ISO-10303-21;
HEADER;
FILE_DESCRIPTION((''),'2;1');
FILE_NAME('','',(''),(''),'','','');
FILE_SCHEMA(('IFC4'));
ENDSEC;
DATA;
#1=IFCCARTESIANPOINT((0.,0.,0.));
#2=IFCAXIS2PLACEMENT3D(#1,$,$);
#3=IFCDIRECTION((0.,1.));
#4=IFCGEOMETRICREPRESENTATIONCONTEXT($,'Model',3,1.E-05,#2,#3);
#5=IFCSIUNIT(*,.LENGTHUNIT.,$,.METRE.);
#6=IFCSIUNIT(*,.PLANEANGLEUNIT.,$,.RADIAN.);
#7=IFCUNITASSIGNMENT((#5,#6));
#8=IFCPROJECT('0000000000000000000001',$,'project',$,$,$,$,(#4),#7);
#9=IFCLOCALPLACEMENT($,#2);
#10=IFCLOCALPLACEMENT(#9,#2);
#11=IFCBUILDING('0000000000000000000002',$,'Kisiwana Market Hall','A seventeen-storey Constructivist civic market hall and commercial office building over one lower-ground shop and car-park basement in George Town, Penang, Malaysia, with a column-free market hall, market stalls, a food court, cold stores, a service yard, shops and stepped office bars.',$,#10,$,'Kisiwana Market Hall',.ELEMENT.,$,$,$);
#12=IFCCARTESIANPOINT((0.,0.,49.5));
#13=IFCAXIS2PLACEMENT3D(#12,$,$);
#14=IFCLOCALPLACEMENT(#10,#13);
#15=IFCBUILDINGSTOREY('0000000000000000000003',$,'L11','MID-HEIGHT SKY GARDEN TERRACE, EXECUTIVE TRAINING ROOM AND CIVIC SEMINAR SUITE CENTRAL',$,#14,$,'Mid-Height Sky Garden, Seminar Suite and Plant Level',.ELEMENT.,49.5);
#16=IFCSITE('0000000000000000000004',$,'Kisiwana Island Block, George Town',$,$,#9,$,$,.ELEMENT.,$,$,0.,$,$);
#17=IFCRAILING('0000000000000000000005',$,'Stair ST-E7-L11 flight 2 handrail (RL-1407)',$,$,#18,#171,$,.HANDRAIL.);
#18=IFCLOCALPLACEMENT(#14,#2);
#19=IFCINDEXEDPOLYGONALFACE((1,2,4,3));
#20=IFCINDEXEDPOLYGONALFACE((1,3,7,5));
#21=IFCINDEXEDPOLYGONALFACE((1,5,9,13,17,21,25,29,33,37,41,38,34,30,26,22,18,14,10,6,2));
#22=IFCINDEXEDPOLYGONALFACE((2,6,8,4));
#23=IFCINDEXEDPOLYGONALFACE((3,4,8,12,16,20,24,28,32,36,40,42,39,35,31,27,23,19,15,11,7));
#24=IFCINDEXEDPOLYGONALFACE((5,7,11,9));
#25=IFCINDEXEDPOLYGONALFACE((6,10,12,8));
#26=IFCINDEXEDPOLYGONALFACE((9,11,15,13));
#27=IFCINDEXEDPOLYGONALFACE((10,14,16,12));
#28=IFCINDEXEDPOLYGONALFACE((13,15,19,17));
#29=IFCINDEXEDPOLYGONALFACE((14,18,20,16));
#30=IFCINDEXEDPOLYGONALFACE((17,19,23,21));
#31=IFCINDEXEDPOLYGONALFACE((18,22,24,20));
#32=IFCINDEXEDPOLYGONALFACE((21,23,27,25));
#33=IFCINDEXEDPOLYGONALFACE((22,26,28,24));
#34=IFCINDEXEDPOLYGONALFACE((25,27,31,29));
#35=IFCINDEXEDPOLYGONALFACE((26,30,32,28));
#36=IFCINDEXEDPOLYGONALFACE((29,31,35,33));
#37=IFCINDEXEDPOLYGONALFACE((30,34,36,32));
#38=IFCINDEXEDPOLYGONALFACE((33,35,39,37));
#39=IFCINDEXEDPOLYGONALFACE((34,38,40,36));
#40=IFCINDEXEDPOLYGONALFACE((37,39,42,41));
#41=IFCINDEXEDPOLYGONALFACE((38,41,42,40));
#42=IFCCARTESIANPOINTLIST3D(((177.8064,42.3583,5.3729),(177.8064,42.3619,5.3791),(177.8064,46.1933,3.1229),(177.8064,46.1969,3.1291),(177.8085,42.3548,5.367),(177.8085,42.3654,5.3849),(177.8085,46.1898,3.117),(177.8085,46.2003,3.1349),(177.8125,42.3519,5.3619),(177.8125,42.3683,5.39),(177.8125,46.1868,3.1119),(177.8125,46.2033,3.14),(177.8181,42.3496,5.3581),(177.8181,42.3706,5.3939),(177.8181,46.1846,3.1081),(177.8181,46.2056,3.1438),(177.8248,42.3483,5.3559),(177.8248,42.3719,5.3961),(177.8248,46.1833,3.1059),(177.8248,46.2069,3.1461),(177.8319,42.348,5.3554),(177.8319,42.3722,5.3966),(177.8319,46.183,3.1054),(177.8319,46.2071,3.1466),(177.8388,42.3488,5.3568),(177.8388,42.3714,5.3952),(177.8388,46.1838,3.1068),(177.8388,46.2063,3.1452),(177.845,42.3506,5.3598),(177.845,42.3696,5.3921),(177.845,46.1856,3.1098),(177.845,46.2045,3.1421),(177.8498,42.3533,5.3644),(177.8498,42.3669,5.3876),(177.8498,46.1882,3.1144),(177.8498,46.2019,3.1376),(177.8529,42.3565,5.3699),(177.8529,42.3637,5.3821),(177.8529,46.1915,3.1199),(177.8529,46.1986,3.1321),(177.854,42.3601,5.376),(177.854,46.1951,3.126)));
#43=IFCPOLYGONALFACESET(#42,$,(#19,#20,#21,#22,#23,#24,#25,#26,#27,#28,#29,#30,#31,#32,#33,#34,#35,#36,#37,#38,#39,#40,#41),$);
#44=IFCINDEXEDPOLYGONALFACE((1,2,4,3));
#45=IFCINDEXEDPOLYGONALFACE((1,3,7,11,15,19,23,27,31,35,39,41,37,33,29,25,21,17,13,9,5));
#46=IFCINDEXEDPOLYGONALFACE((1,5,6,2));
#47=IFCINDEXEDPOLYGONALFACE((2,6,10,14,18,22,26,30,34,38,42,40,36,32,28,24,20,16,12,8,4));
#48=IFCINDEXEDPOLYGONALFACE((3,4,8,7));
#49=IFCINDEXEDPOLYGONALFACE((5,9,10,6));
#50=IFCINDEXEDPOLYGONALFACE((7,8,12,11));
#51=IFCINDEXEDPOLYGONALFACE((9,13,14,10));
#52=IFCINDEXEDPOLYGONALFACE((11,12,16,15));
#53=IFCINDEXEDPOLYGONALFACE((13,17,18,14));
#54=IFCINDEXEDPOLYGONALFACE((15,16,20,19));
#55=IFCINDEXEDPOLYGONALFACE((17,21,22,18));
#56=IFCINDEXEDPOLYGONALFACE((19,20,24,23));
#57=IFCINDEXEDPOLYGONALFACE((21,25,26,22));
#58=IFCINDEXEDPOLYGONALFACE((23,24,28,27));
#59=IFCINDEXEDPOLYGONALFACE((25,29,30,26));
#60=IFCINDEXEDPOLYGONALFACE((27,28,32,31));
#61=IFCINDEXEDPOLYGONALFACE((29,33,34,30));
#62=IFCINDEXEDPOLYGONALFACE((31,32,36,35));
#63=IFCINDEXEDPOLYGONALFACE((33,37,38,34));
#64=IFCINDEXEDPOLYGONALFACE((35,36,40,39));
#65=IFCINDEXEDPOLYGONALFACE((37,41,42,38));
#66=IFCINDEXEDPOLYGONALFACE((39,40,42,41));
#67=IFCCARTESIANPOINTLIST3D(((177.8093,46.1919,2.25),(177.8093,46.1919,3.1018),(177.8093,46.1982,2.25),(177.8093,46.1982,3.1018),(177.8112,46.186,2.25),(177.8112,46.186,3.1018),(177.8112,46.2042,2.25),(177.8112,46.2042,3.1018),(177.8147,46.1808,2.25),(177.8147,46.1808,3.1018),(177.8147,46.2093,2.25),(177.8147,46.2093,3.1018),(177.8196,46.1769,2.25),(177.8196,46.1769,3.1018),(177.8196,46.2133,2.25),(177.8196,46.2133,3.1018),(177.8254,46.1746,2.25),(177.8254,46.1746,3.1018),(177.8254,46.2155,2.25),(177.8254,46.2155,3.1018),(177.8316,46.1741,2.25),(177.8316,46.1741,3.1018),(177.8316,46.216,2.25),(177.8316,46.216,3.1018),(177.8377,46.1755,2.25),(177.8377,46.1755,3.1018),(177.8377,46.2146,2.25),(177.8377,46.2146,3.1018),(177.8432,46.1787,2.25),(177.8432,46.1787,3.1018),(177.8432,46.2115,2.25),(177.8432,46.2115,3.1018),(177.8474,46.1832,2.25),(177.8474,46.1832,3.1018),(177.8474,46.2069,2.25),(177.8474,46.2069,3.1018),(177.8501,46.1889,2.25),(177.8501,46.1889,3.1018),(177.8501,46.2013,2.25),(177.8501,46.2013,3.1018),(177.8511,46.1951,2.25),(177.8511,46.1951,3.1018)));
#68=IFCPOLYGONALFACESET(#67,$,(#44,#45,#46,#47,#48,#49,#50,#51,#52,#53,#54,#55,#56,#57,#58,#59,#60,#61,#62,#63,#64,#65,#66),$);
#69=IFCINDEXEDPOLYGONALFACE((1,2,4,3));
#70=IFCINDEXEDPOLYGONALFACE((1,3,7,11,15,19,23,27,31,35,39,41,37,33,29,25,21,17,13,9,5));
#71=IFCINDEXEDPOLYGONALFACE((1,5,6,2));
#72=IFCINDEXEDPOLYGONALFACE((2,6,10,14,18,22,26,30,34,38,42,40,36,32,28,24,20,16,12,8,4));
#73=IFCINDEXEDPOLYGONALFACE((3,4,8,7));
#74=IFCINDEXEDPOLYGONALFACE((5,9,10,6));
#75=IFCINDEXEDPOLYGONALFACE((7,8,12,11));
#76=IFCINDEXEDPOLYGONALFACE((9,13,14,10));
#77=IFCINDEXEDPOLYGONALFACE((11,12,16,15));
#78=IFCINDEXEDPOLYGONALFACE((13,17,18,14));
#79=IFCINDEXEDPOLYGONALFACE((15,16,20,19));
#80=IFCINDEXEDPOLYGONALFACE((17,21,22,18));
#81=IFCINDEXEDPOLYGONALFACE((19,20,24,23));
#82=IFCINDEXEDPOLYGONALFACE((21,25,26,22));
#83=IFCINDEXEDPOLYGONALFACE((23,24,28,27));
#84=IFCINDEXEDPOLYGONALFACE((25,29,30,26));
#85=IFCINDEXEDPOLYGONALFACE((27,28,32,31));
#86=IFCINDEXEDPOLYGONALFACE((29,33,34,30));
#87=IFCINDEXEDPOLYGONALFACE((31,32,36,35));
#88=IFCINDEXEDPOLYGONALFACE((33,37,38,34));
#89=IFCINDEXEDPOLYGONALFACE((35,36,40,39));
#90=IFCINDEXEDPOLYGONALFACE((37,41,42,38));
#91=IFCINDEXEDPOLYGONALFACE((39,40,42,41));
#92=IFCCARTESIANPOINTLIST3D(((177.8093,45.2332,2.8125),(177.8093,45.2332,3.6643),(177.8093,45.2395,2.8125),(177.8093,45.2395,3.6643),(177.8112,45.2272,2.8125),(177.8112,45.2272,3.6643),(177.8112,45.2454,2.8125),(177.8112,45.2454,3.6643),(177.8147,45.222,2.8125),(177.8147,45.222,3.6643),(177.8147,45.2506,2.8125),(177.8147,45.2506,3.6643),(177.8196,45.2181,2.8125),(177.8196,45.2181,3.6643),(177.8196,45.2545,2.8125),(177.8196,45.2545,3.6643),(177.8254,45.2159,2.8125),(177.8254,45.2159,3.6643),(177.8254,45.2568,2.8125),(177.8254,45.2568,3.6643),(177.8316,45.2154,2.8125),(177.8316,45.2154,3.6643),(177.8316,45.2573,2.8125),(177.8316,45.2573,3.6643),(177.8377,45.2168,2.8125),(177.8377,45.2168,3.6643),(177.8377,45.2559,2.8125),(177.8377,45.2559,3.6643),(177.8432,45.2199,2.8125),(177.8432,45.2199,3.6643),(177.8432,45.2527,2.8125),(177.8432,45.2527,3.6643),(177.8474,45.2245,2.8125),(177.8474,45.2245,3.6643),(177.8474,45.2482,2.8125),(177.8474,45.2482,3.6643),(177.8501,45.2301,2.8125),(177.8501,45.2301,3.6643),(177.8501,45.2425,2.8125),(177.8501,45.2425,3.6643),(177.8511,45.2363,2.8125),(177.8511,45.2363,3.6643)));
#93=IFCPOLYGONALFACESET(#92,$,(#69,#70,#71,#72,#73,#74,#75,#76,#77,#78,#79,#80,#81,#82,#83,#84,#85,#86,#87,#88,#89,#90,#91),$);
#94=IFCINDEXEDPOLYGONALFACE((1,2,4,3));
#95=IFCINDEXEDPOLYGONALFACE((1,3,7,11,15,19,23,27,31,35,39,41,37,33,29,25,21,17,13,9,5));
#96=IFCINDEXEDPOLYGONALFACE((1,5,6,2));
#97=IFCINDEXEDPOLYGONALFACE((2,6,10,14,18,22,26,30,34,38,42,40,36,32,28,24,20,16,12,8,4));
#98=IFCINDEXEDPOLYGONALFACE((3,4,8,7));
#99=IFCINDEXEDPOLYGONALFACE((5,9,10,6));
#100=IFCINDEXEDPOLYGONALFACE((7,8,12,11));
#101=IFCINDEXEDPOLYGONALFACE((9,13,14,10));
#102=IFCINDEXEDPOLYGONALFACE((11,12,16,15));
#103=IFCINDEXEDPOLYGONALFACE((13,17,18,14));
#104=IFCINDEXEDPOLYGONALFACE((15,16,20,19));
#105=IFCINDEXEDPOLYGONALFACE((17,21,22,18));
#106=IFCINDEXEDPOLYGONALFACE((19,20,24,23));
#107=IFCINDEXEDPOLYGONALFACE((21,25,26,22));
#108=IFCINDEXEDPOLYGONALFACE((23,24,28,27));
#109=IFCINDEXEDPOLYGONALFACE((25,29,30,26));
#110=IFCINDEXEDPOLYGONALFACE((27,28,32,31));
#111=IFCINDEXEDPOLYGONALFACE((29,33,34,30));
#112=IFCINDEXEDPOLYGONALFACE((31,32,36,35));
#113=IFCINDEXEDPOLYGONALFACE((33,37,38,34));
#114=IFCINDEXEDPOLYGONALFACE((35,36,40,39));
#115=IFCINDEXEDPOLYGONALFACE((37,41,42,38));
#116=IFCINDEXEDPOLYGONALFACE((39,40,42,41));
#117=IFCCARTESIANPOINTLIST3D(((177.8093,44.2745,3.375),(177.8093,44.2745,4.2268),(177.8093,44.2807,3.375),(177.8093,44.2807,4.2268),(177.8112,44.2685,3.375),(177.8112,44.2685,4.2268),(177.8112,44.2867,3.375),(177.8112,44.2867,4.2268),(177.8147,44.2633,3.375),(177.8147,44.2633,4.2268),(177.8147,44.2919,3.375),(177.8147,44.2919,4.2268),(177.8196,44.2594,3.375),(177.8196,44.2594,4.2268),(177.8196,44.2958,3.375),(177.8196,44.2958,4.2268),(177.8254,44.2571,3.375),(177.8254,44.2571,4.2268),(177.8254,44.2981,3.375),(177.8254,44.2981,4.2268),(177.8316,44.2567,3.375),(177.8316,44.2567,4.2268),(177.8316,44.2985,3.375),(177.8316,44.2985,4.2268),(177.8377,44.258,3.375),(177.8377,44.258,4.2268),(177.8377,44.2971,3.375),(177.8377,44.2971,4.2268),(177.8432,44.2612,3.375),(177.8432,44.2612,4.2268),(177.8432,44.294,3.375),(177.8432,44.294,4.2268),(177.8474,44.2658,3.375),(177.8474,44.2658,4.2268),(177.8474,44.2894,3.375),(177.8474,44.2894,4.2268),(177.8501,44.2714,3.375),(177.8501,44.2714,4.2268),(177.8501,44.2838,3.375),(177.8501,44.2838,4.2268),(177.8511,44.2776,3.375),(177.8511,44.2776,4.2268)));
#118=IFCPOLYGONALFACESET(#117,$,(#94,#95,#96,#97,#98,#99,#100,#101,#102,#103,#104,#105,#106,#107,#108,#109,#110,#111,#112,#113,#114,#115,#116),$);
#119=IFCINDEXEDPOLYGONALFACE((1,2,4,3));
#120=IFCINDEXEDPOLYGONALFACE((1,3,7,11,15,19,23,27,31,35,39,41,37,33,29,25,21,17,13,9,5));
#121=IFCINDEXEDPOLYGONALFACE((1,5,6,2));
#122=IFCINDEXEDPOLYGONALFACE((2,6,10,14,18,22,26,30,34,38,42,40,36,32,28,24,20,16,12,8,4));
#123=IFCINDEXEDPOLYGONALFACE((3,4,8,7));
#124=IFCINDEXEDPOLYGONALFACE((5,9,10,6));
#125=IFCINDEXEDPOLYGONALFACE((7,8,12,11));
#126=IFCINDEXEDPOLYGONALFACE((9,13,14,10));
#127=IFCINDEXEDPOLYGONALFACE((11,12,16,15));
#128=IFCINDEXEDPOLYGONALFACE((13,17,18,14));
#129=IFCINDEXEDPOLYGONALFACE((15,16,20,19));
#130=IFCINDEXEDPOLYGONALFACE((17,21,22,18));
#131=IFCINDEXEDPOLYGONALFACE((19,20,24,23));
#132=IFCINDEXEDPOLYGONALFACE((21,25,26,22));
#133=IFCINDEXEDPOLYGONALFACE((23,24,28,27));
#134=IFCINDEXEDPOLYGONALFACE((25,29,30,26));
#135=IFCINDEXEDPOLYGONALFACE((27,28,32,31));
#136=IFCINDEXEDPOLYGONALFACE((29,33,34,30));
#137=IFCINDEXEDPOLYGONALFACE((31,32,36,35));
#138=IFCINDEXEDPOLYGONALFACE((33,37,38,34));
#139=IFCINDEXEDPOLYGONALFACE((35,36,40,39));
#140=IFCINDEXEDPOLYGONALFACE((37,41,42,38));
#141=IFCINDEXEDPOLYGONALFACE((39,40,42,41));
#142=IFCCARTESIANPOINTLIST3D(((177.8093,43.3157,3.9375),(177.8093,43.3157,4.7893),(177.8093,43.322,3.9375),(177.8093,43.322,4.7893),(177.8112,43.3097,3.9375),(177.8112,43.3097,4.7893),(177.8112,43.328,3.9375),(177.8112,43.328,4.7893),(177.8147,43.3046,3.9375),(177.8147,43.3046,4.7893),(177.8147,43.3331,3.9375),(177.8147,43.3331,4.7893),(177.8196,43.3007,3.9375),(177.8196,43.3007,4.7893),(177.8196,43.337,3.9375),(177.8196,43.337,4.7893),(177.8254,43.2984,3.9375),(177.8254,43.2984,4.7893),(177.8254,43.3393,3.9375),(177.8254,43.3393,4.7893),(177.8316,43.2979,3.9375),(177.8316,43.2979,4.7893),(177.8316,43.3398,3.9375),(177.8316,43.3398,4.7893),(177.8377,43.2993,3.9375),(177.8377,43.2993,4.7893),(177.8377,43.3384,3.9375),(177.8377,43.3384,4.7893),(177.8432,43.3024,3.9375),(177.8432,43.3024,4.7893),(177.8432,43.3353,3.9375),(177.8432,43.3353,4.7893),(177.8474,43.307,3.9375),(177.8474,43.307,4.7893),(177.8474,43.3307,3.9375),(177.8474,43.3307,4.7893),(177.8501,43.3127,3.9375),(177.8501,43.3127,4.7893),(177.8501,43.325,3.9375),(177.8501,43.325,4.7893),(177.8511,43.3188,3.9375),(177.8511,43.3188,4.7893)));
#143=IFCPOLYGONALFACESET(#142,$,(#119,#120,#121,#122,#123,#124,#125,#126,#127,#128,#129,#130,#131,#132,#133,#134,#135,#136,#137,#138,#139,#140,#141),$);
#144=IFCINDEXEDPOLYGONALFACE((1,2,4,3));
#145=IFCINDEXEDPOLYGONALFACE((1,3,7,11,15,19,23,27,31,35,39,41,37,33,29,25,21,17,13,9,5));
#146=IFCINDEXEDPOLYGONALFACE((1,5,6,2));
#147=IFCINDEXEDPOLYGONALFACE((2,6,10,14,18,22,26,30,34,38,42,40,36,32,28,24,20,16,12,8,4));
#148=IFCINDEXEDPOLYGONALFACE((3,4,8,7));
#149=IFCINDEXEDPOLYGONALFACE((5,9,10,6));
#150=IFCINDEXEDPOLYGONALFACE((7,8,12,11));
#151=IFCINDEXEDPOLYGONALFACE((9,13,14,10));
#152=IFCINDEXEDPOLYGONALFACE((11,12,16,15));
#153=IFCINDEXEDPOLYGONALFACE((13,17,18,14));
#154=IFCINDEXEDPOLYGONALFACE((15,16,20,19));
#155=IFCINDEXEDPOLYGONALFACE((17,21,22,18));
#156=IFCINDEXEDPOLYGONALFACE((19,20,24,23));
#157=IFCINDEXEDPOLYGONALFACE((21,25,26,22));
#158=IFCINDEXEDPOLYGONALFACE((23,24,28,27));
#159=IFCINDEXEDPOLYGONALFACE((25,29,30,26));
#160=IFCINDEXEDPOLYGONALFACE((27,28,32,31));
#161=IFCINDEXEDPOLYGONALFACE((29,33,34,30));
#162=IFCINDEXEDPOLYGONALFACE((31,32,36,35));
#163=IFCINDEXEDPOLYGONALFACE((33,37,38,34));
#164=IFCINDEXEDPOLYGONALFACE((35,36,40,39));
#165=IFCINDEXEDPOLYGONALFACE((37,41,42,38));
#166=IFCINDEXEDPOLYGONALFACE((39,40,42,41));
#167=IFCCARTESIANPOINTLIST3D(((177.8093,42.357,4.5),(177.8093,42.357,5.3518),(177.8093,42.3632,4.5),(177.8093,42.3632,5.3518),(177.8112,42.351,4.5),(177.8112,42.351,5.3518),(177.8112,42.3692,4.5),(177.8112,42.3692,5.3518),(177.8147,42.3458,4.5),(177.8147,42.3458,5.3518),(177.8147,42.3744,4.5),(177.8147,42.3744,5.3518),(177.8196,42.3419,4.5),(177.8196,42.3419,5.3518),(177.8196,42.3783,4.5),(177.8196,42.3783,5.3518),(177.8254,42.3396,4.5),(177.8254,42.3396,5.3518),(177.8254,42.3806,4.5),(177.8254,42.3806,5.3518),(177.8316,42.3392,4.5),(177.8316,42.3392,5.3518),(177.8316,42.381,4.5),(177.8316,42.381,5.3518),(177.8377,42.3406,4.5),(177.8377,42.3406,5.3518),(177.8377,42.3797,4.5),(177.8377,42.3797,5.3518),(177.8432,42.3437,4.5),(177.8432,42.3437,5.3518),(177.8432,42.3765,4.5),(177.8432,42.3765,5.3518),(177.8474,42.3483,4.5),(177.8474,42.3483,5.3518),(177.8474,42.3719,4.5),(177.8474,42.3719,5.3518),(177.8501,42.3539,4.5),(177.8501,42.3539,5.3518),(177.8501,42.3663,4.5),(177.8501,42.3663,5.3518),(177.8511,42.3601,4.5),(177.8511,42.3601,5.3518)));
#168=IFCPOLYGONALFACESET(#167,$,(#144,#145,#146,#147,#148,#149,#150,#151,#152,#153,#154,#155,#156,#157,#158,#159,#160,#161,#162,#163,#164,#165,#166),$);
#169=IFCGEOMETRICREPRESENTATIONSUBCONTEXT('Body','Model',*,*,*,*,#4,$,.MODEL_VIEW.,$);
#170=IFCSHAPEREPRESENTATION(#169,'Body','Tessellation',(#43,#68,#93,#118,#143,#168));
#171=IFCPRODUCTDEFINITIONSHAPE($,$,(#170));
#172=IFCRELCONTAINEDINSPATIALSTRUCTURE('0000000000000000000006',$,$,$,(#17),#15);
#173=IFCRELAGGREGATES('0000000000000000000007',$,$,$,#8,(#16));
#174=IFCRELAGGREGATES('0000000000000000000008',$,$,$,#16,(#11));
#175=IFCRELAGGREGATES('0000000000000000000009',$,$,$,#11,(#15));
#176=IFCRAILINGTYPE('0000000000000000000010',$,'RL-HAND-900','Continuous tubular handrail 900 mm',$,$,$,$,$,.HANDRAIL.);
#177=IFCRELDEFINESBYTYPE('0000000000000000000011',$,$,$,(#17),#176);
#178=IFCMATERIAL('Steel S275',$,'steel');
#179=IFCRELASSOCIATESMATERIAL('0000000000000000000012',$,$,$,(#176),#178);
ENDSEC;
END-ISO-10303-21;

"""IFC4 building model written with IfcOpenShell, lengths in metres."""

from ifc_helpers import new_model, si_unit, direction, frame, origin, origin_2d, place, context, subcontext, project, spatial, circle, extrude, material, type_object, element, save


model = new_model("IFC4")

# Units and contexts
model_context = context("Model", 3, precision=1e-05, world=origin(), true_north=direction((0.0, 1.0)))
body_context = subcontext(model_context, "Body", "Model", "MODEL_VIEW")
ifc_project = project(units=[si_unit("LENGTHUNIT", "METRE"), si_unit("PLANEANGLEUNIT", "RADIAN")], contexts=[model_context])

# Site, building, storey
site_placement = place(None, origin())
site = spatial("IfcSite", under=ifc_project, at=site_placement, Name="Kisiwana Island Block, George Town", CompositionType="ELEMENT", RefElevation=0.0)
building_placement = place(site_placement, origin())
building = spatial("IfcBuilding", under=site, at=building_placement, Name="Kisiwana Market Hall", Description="A seventeen-storey Constructivist civic market hall and commercial office building over one lower-ground shop and car-park basement in George Town, Penang, Malaysia, with a column-free market hall, market stalls, a food court, cold stores, a service yard, shops and stepped office bars.", LongName="Kisiwana Market Hall", CompositionType="ELEMENT")
storey_placement = place(building_placement, frame((0.0, 0.0, 49.5)))
storey = spatial("IfcBuildingStorey", under=building, at=storey_placement, Name="L11", Description="MID-HEIGHT SKY GARDEN TERRACE, EXECUTIVE TRAINING ROOM AND CIVIC SEMINAR SUITE CENTRAL", LongName="Mid-Height Sky Garden, Seminar Suite and Plant Level", CompositionType="ELEMENT", Elevation=49.5)

# Railing
ifc_material_1 = material(Name="Steel S275", Category="steel")
railing_type_1 = type_object("IfcRailingType", Name="RL-HAND-900", Description="Continuous tubular handrail 900 mm", PredefinedType="HANDRAIL", material=ifc_material_1)
railing_1_placement = place(storey_placement, frame((177.8301, 46.1951, 2.25)))
element("IfcRailing", 1, at=railing_1_placement, inside=storey, type_object=railing_type_1, Name="Stair ST-E7-L11 flight 2 handrail (RL-1407)", PredefinedType="HANDRAIL", context=body_context, shape_type="SweptSolid", body=[
    extrude(circle(Radius=0.0239, at=origin_2d()), frame((0.0, 0.0, 0.876), z_axis=(0.0, -0.86251, 0.506041), x_axis=(1.0, 0.0, 0.0)), (0.0, 0.0, 1.0), 4.4463),
    extrude(circle(Radius=0.021, at=origin_2d()), origin(), (0.0, 0.0, 1.0), 0.8518),
    extrude(circle(Radius=0.021, at=origin_2d()), frame((0.0, -0.9587, 0.5625)), (0.0, 0.0, 1.0), 0.8518),
    extrude(circle(Radius=0.021, at=origin_2d()), frame((0.0, -1.9175, 1.125)), (0.0, 0.0, 1.0), 0.8518),
    extrude(circle(Radius=0.021, at=origin_2d()), frame((0.0, -2.8762, 1.6875)), (0.0, 0.0, 1.0), 0.8518),
    extrude(circle(Radius=0.021, at=origin_2d()), frame((0.0, -3.835, 2.25)), (0.0, 0.0, 1.0), 0.8518),
])

save(model, "model.ifc")
